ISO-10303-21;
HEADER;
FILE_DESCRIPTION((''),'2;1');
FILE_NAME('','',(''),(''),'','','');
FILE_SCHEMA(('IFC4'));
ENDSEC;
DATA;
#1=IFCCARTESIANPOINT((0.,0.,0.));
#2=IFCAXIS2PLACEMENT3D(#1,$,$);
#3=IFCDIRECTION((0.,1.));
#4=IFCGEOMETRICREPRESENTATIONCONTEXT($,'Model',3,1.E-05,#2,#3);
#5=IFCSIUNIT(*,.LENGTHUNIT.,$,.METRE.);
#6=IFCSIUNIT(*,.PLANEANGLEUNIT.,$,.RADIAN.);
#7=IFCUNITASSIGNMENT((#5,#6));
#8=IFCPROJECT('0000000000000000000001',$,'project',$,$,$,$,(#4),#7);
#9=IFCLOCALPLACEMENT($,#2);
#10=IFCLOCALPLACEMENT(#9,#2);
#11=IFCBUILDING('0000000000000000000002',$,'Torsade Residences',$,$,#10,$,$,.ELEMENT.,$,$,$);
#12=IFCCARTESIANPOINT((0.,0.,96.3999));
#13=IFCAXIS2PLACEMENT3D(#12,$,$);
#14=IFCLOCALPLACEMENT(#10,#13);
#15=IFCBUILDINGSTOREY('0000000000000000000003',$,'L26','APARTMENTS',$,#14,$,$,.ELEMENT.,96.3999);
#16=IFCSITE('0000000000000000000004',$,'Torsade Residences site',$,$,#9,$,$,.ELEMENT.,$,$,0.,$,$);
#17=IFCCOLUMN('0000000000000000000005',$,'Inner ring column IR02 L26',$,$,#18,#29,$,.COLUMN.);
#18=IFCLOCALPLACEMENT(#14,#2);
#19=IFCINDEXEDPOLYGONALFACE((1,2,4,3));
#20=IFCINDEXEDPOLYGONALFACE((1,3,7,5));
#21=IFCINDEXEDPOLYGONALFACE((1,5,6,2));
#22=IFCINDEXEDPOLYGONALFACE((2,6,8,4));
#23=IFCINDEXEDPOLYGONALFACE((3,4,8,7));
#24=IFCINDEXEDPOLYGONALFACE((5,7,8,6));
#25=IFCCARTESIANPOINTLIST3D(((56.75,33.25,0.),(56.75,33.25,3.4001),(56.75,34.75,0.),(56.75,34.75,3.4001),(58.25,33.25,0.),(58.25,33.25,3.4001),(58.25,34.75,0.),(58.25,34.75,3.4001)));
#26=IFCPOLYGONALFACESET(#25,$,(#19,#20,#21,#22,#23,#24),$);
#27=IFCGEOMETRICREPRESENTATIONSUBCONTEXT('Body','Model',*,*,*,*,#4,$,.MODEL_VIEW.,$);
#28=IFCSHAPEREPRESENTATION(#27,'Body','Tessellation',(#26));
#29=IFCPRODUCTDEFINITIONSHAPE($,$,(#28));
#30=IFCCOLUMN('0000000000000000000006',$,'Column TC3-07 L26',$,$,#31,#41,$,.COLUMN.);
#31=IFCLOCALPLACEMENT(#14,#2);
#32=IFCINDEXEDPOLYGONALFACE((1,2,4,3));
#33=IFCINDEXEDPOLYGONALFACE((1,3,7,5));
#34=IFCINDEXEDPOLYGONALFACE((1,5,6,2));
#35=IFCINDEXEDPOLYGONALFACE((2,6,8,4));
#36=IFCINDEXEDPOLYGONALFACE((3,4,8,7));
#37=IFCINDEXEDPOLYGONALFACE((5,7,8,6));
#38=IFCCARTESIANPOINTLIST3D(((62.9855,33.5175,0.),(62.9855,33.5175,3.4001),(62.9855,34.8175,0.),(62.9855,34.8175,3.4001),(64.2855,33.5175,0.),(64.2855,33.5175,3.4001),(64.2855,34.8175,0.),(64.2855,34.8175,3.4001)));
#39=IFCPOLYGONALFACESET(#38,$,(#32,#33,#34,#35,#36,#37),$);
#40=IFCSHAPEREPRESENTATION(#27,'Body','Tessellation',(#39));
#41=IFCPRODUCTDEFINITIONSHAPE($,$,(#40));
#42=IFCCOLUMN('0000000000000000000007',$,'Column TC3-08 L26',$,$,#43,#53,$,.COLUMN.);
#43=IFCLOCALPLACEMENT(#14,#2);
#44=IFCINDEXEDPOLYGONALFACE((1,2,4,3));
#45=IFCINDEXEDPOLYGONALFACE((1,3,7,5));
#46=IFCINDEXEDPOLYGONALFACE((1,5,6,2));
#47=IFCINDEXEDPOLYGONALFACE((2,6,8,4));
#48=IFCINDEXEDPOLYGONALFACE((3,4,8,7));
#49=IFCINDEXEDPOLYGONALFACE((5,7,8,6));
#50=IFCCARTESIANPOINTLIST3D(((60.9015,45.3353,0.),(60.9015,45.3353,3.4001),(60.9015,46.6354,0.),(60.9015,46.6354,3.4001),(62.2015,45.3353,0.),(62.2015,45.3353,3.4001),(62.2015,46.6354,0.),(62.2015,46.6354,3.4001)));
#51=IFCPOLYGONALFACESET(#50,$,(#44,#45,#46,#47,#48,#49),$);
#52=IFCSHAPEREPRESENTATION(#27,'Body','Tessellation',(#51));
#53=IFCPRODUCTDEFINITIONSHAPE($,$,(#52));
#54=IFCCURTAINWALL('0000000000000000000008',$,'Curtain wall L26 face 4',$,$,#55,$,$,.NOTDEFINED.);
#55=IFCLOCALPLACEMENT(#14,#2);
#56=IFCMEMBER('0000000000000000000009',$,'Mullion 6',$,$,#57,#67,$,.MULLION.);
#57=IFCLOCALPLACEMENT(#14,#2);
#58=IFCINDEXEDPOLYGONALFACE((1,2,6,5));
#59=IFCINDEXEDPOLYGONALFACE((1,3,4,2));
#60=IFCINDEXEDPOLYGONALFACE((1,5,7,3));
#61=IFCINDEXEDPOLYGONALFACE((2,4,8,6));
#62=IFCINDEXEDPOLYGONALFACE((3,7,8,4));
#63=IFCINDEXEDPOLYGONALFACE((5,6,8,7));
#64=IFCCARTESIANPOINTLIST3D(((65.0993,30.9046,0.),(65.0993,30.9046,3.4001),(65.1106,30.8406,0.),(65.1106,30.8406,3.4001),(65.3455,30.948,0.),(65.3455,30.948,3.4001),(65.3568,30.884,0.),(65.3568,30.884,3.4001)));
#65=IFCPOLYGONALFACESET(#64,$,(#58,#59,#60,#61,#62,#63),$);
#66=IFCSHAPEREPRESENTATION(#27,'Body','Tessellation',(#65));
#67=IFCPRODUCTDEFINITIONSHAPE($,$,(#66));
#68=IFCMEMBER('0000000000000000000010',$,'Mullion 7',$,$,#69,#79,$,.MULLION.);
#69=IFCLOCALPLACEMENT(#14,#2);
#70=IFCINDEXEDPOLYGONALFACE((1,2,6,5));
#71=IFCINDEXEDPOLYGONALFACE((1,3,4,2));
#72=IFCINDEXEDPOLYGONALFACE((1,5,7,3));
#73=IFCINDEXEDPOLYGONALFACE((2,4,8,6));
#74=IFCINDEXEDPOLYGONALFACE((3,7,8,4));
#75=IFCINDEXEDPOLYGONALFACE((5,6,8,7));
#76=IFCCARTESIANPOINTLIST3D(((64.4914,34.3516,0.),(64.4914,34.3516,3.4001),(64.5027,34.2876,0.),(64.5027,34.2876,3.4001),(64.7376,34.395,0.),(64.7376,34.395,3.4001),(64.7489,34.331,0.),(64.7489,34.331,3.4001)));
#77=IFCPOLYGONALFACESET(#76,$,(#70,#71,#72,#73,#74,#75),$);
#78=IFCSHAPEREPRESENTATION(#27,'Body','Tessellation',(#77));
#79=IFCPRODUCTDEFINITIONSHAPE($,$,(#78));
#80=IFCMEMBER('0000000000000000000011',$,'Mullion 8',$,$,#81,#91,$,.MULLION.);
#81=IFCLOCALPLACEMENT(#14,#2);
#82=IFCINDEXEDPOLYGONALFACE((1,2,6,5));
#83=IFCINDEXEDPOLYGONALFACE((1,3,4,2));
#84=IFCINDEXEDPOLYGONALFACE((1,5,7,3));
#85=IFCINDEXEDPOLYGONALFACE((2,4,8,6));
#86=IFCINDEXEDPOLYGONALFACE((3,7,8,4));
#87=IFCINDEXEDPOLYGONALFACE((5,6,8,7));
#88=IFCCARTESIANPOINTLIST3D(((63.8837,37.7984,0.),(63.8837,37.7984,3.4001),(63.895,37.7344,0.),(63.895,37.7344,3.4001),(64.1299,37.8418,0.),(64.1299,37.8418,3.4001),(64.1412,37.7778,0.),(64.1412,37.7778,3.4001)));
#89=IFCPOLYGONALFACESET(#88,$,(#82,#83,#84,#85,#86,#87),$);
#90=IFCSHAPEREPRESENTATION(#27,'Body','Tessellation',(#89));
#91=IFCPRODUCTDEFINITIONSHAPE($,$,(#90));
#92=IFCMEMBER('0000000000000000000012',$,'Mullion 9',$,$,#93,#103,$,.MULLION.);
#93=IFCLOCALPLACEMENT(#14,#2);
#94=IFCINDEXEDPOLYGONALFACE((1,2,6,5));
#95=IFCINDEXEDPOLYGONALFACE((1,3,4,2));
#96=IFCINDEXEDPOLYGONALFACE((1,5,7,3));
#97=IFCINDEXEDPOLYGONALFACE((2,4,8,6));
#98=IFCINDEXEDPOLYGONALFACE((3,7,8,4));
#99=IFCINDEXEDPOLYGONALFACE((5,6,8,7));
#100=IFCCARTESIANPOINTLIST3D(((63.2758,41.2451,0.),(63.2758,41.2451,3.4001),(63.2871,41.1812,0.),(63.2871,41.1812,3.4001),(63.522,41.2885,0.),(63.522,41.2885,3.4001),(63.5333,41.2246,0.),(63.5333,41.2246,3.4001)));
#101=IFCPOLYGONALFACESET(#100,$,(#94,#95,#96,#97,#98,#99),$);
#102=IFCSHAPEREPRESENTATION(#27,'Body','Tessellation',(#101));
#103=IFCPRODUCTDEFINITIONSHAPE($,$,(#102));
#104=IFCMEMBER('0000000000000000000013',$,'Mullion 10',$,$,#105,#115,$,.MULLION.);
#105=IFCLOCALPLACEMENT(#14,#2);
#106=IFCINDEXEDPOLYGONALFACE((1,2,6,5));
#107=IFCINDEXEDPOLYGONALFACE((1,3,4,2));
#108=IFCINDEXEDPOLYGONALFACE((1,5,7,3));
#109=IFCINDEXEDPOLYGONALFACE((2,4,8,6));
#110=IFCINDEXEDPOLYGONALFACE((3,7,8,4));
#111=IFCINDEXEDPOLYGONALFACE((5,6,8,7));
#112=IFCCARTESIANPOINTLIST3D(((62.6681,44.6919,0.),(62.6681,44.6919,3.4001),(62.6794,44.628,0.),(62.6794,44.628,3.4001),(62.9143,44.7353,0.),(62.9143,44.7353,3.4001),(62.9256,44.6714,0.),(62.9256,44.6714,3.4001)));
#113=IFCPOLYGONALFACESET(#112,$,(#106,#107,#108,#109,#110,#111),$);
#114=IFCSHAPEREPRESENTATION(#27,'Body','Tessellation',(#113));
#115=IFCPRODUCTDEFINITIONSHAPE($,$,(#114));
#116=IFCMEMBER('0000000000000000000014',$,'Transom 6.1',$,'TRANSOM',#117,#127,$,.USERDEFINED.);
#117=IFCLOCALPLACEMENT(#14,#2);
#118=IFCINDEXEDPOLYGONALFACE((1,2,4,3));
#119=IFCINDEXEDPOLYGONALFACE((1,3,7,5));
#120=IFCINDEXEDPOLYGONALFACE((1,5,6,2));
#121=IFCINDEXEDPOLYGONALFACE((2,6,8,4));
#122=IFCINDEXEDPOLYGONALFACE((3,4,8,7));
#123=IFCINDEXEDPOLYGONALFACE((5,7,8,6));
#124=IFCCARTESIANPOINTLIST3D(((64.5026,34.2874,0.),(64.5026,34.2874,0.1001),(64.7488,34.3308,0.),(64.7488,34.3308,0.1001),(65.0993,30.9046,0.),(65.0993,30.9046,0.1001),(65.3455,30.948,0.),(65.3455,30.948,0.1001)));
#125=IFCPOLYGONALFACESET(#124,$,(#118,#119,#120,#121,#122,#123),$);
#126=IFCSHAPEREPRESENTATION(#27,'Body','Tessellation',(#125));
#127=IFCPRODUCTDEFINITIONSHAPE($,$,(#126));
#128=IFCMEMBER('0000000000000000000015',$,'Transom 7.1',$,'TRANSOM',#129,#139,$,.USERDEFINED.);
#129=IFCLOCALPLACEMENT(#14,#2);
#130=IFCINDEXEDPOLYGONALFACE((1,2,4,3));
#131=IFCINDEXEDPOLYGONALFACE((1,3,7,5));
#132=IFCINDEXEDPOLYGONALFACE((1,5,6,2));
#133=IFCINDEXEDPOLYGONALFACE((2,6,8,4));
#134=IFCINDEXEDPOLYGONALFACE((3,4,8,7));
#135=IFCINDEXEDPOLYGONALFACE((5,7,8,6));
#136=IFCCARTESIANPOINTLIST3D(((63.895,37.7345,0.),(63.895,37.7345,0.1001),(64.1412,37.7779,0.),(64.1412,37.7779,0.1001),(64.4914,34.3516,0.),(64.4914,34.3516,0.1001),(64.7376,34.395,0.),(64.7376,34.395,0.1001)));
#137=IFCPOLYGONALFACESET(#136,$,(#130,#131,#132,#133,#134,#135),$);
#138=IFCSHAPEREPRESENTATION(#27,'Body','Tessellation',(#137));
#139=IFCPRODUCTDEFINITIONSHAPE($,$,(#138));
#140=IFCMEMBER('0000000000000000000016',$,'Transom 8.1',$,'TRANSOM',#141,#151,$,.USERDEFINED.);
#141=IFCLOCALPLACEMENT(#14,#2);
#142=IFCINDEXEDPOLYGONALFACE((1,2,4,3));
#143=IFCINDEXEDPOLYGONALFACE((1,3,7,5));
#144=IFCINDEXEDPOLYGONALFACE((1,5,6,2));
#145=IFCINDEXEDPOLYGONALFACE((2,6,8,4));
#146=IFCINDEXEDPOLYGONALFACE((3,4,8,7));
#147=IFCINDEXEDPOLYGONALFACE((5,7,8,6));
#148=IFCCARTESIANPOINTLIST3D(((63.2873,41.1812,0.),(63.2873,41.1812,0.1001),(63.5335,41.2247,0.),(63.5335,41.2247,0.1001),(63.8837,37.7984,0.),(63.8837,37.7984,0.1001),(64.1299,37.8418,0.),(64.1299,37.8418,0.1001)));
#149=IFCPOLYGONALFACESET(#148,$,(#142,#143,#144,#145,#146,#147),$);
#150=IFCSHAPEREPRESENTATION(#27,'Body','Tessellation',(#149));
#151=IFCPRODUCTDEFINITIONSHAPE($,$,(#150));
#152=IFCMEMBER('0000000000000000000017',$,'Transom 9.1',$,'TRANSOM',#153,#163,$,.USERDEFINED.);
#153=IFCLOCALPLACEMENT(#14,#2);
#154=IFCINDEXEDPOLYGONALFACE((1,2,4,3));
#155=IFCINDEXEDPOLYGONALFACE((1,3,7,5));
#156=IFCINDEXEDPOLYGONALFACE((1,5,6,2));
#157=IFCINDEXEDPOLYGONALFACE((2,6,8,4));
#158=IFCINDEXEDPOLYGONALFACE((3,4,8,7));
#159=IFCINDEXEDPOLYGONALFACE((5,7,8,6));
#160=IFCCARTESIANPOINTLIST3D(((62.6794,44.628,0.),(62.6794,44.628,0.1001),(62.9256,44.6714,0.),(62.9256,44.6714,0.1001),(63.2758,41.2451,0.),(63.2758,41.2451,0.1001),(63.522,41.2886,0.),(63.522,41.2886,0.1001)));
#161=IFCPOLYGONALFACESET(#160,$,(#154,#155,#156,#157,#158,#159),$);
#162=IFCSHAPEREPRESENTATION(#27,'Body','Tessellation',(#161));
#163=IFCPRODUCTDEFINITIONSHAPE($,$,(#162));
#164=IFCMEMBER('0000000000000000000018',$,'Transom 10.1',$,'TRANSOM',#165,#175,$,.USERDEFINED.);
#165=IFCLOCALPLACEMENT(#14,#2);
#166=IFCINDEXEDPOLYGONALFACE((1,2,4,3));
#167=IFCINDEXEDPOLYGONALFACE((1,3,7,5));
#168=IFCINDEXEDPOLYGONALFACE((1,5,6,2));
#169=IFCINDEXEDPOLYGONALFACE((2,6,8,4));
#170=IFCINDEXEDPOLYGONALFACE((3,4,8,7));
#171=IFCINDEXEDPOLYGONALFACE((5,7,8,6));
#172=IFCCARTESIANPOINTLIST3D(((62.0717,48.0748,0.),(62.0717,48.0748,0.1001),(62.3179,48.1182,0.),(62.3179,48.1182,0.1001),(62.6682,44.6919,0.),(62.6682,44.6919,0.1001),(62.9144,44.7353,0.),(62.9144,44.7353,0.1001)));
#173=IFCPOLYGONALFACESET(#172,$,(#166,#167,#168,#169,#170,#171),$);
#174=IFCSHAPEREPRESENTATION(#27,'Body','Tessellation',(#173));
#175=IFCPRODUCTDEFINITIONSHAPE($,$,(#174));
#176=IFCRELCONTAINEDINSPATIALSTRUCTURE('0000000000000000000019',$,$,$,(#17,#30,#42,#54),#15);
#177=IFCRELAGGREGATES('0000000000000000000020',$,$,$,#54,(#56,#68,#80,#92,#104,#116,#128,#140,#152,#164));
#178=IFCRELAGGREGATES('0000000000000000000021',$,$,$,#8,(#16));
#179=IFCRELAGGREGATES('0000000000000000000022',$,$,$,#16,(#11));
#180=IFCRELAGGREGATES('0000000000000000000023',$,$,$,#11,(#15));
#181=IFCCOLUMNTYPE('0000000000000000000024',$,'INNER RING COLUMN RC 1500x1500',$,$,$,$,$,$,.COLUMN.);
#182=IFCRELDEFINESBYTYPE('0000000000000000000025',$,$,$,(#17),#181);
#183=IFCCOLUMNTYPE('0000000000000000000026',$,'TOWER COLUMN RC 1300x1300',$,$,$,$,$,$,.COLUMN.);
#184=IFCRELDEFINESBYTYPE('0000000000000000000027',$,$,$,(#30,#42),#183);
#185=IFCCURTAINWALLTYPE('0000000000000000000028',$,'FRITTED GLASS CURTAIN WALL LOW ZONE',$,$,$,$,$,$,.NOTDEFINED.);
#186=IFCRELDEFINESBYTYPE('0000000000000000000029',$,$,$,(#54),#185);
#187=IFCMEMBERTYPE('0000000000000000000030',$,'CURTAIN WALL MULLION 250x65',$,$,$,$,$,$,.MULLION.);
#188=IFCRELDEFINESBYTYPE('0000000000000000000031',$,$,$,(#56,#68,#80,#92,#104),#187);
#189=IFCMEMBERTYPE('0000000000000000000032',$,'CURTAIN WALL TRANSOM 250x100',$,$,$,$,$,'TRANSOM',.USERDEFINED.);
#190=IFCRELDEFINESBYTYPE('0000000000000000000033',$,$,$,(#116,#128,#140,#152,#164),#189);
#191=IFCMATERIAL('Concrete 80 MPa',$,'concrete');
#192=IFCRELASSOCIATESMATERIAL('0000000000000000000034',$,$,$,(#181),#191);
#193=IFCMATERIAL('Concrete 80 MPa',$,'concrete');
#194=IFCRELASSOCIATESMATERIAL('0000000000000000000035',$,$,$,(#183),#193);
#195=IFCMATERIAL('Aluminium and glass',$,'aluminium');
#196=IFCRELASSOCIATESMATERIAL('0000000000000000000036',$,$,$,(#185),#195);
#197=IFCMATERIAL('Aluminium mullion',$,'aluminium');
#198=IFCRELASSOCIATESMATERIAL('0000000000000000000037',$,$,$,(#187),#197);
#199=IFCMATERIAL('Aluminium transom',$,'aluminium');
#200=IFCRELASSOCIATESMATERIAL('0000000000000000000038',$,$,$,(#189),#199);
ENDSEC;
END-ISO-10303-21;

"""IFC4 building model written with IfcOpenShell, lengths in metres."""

from ifc_helpers import new_model, si_unit, direction, frame, origin, origin_2d, place, context, subcontext, project, spatial, rectangle, extrude, material, material_profile, profile_set, type_object, element, aggregate, save


model = new_model("IFC4")

# Units and contexts
model_context = context("Model", 3, precision=1e-05, world=origin(), true_north=direction((0.0, 1.0)))
body_context = subcontext(model_context, "Body", "Model", "MODEL_VIEW")
ifc_project = project(units=[si_unit("LENGTHUNIT", "METRE"), si_unit("PLANEANGLEUNIT", "RADIAN")], contexts=[model_context])

# Site, building, storey
site_placement = place(None, origin())
site = spatial("IfcSite", under=ifc_project, at=site_placement, Name="Torsade Residences site", CompositionType="ELEMENT", RefElevation=0.0)
building_placement = place(site_placement, origin())
building = spatial("IfcBuilding", under=site, at=building_placement, Name="Torsade Residences", CompositionType="ELEMENT")
storey_placement = place(building_placement, frame((0.0, 0.0, 96.3999)))
storey = spatial("IfcBuildingStorey", under=building, at=storey_placement, Name="L26", Description="APARTMENTS", CompositionType="ELEMENT", Elevation=96.3999)

# Columns
ifc_material_1 = material(Name="Concrete 80 MPa", Category="concrete")
ifc_material_profile_1 = material_profile(ifc_material_1, rectangle(XDim=1.5, YDim=1.5, at=origin_2d()), Name="RC 1500x1500")
ifc_profile_set_1 = profile_set([ifc_material_profile_1], Name="Concrete 80 MPa")
column_type_1 = type_object("IfcColumnType", Name="INNER RING COLUMN RC 1500x1500", PredefinedType="COLUMN", material=ifc_profile_set_1)
column_placement = place(storey_placement, frame((57.5, 34.0, 0.0), z_axis=(0.0, 0.0, 1.0), x_axis=(1.0, 0.0, 0.0)))
element("IfcColumn", 1, at=column_placement, inside=storey, type_object=column_type_1, Name="Inner ring column IR02 L26", PredefinedType="COLUMN", context=body_context, shape_type="SweptSolid", body=[
    extrude(rectangle(XDim=1.5, YDim=1.5, at=origin_2d()), origin(), (0.0, 0.0, 1.0), 3.4001),
])
ifc_material_2 = material(Name="Concrete 80 MPa", Category="concrete")
ifc_material_profile_2 = material_profile(ifc_material_2, rectangle(XDim=1.3, YDim=1.3, at=origin_2d()), Name="RC 1300x1300")
ifc_profile_set_2 = profile_set([ifc_material_profile_2], Name="Concrete 80 MPa")
column_type_2 = type_object("IfcColumnType", Name="TOWER COLUMN RC 1300x1300", PredefinedType="COLUMN", material=ifc_profile_set_2)
for number, where, z_axis, x_axis, name in (
    (2, (63.6355, 34.1675, 0.0), (0.0, 0.0, 1.0), (1.0, 0.0, 0.0), "Column TC3-07 L26"),
    (3, (61.5515, 45.9854, 0.0), (0.0, 0.0, 1.0), (1.0, 0.0, 0.0), "Column TC3-08 L26"),
):
    element("IfcColumn", number, at=place(storey_placement, frame(where, z_axis=z_axis, x_axis=x_axis)), inside=storey, type_object=column_type_2, Name=name, PredefinedType="COLUMN", context=body_context, shape_type="SweptSolid", body=[
        extrude(rectangle(XDim=1.3, YDim=1.3, at=origin_2d()), origin(), (0.0, 0.0, 1.0), 3.4001),
    ])

# Curtain wall, members
ifc_material_3 = material(Name="Aluminium and glass", Category="aluminium")
curtain_wall_type = type_object("IfcCurtainWallType", Name="FRITTED GLASS CURTAIN WALL LOW ZONE", PredefinedType="NOTDEFINED", material=ifc_material_3)
curtain_wall_placement = place(storey_placement, origin())
curtain_wall = element("IfcCurtainWall", 4, at=curtain_wall_placement, inside=storey, type_object=curtain_wall_type, Name="Curtain wall L26 face 4", PredefinedType="NOTDEFINED")
ifc_material_4 = material(Name="Aluminium mullion", Category="aluminium")
ifc_material_profile_3 = material_profile(ifc_material_4, rectangle(XDim=0.25, YDim=0.0649, at=origin_2d()), Name="CURTAIN WALL MULLION 250x65")
ifc_profile_set_3 = profile_set([ifc_material_profile_3], Name="Aluminium mullion")
member_type_1 = type_object("IfcMemberType", Name="CURTAIN WALL MULLION 250x65", PredefinedType="MULLION", material=ifc_profile_set_3)
member_1_placement = place(storey_placement, frame((65.228, 30.8943, 0.0), z_axis=(0.0, 0.0, 1.0), x_axis=(-0.984808, -0.173648, 0.0)))
member_1 = element("IfcMember", 5, at=member_1_placement, type_object=member_type_1, Name="Mullion 6", PredefinedType="MULLION", context=body_context, shape_type="SweptSolid", body=[
    extrude(rectangle(XDim=0.25, YDim=0.0649, at=origin_2d()), origin(), (0.0, 0.0, 1.0), 3.4001),
])
member_2_placement = place(storey_placement, frame((64.6201, 34.3413, 0.0), z_axis=(0.0, 0.0, 1.0), x_axis=(-0.984808, -0.173648, 0.0)))
member_2 = element("IfcMember", 6, at=member_2_placement, type_object=member_type_1, Name="Mullion 7", PredefinedType="MULLION", context=body_context, shape_type="SweptSolid", body=[
    extrude(rectangle(XDim=0.25, YDim=0.0649, at=origin_2d()), origin(), (0.0, 0.0, 1.0), 3.4001),
])
member_3_placement = place(storey_placement, frame((64.0125, 37.7881, 0.0), z_axis=(0.0, 0.0, 1.0), x_axis=(-0.984808, -0.173648, 0.0)))
member_3 = element("IfcMember", 7, at=member_3_placement, type_object=member_type_1, Name="Mullion 8", PredefinedType="MULLION", context=body_context, shape_type="SweptSolid", body=[
    extrude(rectangle(XDim=0.25, YDim=0.0649, at=origin_2d()), origin(), (0.0, 0.0, 1.0), 3.4001),
])
member_4_placement = place(storey_placement, frame((63.4045, 41.2349, 0.0), z_axis=(0.0, 0.0, 1.0), x_axis=(-0.984808, -0.173648, 0.0)))
member_4 = element("IfcMember", 8, at=member_4_placement, type_object=member_type_1, Name="Mullion 9", PredefinedType="MULLION", context=body_context, shape_type="SweptSolid", body=[
    extrude(rectangle(XDim=0.25, YDim=0.0649, at=origin_2d()), origin(), (0.0, 0.0, 1.0), 3.4001),
])
member_5_placement = place(storey_placement, frame((62.7969, 44.6816, 0.0), z_axis=(0.0, 0.0, 1.0), x_axis=(-0.984808, -0.173648, 0.0)))
member_5 = element("IfcMember", 9, at=member_5_placement, type_object=member_type_1, Name="Mullion 10", PredefinedType="MULLION", context=body_context, shape_type="SweptSolid", body=[
    extrude(rectangle(XDim=0.25, YDim=0.0649, at=origin_2d()), origin(), (0.0, 0.0, 1.0), 3.4001),
])
ifc_material_5 = material(Name="Aluminium transom", Category="aluminium")
ifc_material_profile_4 = material_profile(ifc_material_5, rectangle(XDim=0.25, YDim=0.1001, at=origin_2d()), Name="CURTAIN WALL TRANSOM 250x100")
ifc_profile_set_4 = profile_set([ifc_material_profile_4], Name="Aluminium transom")
member_type_2 = type_object("IfcMemberType", Name="CURTAIN WALL TRANSOM 250x100", ElementType="TRANSOM", PredefinedType="USERDEFINED", material=ifc_profile_set_4)
member_6_placement = place(storey_placement, frame((65.2224, 30.9263, 0.05), z_axis=(-0.173704, 0.984798, 0.0), x_axis=(-0.984798, -0.173704, 0.0)))
member_6 = element("IfcMember", 10, at=member_6_placement, type_object=member_type_2, Name="Transom 6.1", ObjectType="TRANSOM", PredefinedType="USERDEFINED", context=body_context, shape_type="SweptSolid", body=[
    extrude(rectangle(XDim=0.25, YDim=0.1001, at=origin_2d()), origin(), (0.0, 0.0, 1.0), 3.4351),
])
member_7_placement = place(storey_placement, frame((64.6145, 34.3733, 0.05), z_axis=(-0.173635, 0.98481, 0.0), x_axis=(-0.98481, -0.173635, 0.0)))
member_7 = element("IfcMember", 11, at=member_7_placement, type_object=member_type_2, Name="Transom 7.1", ObjectType="TRANSOM", PredefinedType="USERDEFINED", context=body_context, shape_type="SweptSolid", body=[
    extrude(rectangle(XDim=0.25, YDim=0.1001, at=origin_2d()), origin(), (0.0, 0.0, 1.0), 3.4351),
])
member_8_placement = place(storey_placement, frame((64.0068, 37.8201, 0.05), z_axis=(-0.173635, 0.98481, 0.0), x_axis=(-0.98481, -0.173635, 0.0)))
member_8 = element("IfcMember", 12, at=member_8_placement, type_object=member_type_2, Name="Transom 8.1", ObjectType="TRANSOM", PredefinedType="USERDEFINED", context=body_context, shape_type="SweptSolid", body=[
    extrude(rectangle(XDim=0.25, YDim=0.1001, at=origin_2d()), origin(), (0.0, 0.0, 1.0), 3.4351),
])
member_9_placement = place(storey_placement, frame((63.3989, 41.2668, 0.05), z_axis=(-0.173635, 0.98481, 0.0), x_axis=(-0.98481, -0.173635, 0.0)))
member_9 = element("IfcMember", 13, at=member_9_placement, type_object=member_type_2, Name="Transom 9.1", ObjectType="TRANSOM", PredefinedType="USERDEFINED", context=body_context, shape_type="SweptSolid", body=[
    extrude(rectangle(XDim=0.25, YDim=0.1001, at=origin_2d()), origin(), (0.0, 0.0, 1.0), 3.4351),
])
member_10_placement = place(storey_placement, frame((62.7913, 44.7136, 0.05), z_axis=(-0.173635, 0.98481, 0.0), x_axis=(-0.98481, -0.173635, 0.0)))
member_10 = element("IfcMember", 14, at=member_10_placement, type_object=member_type_2, Name="Transom 10.1", ObjectType="TRANSOM", PredefinedType="USERDEFINED", context=body_context, shape_type="SweptSolid", body=[
    extrude(rectangle(XDim=0.25, YDim=0.1001, at=origin_2d()), origin(), (0.0, 0.0, 1.0), 3.4351),
])

aggregate(curtain_wall, [member_1, member_2, member_3, member_4, member_5, member_6, member_7, member_8, member_9, member_10])

save(model, "model.ifc")
